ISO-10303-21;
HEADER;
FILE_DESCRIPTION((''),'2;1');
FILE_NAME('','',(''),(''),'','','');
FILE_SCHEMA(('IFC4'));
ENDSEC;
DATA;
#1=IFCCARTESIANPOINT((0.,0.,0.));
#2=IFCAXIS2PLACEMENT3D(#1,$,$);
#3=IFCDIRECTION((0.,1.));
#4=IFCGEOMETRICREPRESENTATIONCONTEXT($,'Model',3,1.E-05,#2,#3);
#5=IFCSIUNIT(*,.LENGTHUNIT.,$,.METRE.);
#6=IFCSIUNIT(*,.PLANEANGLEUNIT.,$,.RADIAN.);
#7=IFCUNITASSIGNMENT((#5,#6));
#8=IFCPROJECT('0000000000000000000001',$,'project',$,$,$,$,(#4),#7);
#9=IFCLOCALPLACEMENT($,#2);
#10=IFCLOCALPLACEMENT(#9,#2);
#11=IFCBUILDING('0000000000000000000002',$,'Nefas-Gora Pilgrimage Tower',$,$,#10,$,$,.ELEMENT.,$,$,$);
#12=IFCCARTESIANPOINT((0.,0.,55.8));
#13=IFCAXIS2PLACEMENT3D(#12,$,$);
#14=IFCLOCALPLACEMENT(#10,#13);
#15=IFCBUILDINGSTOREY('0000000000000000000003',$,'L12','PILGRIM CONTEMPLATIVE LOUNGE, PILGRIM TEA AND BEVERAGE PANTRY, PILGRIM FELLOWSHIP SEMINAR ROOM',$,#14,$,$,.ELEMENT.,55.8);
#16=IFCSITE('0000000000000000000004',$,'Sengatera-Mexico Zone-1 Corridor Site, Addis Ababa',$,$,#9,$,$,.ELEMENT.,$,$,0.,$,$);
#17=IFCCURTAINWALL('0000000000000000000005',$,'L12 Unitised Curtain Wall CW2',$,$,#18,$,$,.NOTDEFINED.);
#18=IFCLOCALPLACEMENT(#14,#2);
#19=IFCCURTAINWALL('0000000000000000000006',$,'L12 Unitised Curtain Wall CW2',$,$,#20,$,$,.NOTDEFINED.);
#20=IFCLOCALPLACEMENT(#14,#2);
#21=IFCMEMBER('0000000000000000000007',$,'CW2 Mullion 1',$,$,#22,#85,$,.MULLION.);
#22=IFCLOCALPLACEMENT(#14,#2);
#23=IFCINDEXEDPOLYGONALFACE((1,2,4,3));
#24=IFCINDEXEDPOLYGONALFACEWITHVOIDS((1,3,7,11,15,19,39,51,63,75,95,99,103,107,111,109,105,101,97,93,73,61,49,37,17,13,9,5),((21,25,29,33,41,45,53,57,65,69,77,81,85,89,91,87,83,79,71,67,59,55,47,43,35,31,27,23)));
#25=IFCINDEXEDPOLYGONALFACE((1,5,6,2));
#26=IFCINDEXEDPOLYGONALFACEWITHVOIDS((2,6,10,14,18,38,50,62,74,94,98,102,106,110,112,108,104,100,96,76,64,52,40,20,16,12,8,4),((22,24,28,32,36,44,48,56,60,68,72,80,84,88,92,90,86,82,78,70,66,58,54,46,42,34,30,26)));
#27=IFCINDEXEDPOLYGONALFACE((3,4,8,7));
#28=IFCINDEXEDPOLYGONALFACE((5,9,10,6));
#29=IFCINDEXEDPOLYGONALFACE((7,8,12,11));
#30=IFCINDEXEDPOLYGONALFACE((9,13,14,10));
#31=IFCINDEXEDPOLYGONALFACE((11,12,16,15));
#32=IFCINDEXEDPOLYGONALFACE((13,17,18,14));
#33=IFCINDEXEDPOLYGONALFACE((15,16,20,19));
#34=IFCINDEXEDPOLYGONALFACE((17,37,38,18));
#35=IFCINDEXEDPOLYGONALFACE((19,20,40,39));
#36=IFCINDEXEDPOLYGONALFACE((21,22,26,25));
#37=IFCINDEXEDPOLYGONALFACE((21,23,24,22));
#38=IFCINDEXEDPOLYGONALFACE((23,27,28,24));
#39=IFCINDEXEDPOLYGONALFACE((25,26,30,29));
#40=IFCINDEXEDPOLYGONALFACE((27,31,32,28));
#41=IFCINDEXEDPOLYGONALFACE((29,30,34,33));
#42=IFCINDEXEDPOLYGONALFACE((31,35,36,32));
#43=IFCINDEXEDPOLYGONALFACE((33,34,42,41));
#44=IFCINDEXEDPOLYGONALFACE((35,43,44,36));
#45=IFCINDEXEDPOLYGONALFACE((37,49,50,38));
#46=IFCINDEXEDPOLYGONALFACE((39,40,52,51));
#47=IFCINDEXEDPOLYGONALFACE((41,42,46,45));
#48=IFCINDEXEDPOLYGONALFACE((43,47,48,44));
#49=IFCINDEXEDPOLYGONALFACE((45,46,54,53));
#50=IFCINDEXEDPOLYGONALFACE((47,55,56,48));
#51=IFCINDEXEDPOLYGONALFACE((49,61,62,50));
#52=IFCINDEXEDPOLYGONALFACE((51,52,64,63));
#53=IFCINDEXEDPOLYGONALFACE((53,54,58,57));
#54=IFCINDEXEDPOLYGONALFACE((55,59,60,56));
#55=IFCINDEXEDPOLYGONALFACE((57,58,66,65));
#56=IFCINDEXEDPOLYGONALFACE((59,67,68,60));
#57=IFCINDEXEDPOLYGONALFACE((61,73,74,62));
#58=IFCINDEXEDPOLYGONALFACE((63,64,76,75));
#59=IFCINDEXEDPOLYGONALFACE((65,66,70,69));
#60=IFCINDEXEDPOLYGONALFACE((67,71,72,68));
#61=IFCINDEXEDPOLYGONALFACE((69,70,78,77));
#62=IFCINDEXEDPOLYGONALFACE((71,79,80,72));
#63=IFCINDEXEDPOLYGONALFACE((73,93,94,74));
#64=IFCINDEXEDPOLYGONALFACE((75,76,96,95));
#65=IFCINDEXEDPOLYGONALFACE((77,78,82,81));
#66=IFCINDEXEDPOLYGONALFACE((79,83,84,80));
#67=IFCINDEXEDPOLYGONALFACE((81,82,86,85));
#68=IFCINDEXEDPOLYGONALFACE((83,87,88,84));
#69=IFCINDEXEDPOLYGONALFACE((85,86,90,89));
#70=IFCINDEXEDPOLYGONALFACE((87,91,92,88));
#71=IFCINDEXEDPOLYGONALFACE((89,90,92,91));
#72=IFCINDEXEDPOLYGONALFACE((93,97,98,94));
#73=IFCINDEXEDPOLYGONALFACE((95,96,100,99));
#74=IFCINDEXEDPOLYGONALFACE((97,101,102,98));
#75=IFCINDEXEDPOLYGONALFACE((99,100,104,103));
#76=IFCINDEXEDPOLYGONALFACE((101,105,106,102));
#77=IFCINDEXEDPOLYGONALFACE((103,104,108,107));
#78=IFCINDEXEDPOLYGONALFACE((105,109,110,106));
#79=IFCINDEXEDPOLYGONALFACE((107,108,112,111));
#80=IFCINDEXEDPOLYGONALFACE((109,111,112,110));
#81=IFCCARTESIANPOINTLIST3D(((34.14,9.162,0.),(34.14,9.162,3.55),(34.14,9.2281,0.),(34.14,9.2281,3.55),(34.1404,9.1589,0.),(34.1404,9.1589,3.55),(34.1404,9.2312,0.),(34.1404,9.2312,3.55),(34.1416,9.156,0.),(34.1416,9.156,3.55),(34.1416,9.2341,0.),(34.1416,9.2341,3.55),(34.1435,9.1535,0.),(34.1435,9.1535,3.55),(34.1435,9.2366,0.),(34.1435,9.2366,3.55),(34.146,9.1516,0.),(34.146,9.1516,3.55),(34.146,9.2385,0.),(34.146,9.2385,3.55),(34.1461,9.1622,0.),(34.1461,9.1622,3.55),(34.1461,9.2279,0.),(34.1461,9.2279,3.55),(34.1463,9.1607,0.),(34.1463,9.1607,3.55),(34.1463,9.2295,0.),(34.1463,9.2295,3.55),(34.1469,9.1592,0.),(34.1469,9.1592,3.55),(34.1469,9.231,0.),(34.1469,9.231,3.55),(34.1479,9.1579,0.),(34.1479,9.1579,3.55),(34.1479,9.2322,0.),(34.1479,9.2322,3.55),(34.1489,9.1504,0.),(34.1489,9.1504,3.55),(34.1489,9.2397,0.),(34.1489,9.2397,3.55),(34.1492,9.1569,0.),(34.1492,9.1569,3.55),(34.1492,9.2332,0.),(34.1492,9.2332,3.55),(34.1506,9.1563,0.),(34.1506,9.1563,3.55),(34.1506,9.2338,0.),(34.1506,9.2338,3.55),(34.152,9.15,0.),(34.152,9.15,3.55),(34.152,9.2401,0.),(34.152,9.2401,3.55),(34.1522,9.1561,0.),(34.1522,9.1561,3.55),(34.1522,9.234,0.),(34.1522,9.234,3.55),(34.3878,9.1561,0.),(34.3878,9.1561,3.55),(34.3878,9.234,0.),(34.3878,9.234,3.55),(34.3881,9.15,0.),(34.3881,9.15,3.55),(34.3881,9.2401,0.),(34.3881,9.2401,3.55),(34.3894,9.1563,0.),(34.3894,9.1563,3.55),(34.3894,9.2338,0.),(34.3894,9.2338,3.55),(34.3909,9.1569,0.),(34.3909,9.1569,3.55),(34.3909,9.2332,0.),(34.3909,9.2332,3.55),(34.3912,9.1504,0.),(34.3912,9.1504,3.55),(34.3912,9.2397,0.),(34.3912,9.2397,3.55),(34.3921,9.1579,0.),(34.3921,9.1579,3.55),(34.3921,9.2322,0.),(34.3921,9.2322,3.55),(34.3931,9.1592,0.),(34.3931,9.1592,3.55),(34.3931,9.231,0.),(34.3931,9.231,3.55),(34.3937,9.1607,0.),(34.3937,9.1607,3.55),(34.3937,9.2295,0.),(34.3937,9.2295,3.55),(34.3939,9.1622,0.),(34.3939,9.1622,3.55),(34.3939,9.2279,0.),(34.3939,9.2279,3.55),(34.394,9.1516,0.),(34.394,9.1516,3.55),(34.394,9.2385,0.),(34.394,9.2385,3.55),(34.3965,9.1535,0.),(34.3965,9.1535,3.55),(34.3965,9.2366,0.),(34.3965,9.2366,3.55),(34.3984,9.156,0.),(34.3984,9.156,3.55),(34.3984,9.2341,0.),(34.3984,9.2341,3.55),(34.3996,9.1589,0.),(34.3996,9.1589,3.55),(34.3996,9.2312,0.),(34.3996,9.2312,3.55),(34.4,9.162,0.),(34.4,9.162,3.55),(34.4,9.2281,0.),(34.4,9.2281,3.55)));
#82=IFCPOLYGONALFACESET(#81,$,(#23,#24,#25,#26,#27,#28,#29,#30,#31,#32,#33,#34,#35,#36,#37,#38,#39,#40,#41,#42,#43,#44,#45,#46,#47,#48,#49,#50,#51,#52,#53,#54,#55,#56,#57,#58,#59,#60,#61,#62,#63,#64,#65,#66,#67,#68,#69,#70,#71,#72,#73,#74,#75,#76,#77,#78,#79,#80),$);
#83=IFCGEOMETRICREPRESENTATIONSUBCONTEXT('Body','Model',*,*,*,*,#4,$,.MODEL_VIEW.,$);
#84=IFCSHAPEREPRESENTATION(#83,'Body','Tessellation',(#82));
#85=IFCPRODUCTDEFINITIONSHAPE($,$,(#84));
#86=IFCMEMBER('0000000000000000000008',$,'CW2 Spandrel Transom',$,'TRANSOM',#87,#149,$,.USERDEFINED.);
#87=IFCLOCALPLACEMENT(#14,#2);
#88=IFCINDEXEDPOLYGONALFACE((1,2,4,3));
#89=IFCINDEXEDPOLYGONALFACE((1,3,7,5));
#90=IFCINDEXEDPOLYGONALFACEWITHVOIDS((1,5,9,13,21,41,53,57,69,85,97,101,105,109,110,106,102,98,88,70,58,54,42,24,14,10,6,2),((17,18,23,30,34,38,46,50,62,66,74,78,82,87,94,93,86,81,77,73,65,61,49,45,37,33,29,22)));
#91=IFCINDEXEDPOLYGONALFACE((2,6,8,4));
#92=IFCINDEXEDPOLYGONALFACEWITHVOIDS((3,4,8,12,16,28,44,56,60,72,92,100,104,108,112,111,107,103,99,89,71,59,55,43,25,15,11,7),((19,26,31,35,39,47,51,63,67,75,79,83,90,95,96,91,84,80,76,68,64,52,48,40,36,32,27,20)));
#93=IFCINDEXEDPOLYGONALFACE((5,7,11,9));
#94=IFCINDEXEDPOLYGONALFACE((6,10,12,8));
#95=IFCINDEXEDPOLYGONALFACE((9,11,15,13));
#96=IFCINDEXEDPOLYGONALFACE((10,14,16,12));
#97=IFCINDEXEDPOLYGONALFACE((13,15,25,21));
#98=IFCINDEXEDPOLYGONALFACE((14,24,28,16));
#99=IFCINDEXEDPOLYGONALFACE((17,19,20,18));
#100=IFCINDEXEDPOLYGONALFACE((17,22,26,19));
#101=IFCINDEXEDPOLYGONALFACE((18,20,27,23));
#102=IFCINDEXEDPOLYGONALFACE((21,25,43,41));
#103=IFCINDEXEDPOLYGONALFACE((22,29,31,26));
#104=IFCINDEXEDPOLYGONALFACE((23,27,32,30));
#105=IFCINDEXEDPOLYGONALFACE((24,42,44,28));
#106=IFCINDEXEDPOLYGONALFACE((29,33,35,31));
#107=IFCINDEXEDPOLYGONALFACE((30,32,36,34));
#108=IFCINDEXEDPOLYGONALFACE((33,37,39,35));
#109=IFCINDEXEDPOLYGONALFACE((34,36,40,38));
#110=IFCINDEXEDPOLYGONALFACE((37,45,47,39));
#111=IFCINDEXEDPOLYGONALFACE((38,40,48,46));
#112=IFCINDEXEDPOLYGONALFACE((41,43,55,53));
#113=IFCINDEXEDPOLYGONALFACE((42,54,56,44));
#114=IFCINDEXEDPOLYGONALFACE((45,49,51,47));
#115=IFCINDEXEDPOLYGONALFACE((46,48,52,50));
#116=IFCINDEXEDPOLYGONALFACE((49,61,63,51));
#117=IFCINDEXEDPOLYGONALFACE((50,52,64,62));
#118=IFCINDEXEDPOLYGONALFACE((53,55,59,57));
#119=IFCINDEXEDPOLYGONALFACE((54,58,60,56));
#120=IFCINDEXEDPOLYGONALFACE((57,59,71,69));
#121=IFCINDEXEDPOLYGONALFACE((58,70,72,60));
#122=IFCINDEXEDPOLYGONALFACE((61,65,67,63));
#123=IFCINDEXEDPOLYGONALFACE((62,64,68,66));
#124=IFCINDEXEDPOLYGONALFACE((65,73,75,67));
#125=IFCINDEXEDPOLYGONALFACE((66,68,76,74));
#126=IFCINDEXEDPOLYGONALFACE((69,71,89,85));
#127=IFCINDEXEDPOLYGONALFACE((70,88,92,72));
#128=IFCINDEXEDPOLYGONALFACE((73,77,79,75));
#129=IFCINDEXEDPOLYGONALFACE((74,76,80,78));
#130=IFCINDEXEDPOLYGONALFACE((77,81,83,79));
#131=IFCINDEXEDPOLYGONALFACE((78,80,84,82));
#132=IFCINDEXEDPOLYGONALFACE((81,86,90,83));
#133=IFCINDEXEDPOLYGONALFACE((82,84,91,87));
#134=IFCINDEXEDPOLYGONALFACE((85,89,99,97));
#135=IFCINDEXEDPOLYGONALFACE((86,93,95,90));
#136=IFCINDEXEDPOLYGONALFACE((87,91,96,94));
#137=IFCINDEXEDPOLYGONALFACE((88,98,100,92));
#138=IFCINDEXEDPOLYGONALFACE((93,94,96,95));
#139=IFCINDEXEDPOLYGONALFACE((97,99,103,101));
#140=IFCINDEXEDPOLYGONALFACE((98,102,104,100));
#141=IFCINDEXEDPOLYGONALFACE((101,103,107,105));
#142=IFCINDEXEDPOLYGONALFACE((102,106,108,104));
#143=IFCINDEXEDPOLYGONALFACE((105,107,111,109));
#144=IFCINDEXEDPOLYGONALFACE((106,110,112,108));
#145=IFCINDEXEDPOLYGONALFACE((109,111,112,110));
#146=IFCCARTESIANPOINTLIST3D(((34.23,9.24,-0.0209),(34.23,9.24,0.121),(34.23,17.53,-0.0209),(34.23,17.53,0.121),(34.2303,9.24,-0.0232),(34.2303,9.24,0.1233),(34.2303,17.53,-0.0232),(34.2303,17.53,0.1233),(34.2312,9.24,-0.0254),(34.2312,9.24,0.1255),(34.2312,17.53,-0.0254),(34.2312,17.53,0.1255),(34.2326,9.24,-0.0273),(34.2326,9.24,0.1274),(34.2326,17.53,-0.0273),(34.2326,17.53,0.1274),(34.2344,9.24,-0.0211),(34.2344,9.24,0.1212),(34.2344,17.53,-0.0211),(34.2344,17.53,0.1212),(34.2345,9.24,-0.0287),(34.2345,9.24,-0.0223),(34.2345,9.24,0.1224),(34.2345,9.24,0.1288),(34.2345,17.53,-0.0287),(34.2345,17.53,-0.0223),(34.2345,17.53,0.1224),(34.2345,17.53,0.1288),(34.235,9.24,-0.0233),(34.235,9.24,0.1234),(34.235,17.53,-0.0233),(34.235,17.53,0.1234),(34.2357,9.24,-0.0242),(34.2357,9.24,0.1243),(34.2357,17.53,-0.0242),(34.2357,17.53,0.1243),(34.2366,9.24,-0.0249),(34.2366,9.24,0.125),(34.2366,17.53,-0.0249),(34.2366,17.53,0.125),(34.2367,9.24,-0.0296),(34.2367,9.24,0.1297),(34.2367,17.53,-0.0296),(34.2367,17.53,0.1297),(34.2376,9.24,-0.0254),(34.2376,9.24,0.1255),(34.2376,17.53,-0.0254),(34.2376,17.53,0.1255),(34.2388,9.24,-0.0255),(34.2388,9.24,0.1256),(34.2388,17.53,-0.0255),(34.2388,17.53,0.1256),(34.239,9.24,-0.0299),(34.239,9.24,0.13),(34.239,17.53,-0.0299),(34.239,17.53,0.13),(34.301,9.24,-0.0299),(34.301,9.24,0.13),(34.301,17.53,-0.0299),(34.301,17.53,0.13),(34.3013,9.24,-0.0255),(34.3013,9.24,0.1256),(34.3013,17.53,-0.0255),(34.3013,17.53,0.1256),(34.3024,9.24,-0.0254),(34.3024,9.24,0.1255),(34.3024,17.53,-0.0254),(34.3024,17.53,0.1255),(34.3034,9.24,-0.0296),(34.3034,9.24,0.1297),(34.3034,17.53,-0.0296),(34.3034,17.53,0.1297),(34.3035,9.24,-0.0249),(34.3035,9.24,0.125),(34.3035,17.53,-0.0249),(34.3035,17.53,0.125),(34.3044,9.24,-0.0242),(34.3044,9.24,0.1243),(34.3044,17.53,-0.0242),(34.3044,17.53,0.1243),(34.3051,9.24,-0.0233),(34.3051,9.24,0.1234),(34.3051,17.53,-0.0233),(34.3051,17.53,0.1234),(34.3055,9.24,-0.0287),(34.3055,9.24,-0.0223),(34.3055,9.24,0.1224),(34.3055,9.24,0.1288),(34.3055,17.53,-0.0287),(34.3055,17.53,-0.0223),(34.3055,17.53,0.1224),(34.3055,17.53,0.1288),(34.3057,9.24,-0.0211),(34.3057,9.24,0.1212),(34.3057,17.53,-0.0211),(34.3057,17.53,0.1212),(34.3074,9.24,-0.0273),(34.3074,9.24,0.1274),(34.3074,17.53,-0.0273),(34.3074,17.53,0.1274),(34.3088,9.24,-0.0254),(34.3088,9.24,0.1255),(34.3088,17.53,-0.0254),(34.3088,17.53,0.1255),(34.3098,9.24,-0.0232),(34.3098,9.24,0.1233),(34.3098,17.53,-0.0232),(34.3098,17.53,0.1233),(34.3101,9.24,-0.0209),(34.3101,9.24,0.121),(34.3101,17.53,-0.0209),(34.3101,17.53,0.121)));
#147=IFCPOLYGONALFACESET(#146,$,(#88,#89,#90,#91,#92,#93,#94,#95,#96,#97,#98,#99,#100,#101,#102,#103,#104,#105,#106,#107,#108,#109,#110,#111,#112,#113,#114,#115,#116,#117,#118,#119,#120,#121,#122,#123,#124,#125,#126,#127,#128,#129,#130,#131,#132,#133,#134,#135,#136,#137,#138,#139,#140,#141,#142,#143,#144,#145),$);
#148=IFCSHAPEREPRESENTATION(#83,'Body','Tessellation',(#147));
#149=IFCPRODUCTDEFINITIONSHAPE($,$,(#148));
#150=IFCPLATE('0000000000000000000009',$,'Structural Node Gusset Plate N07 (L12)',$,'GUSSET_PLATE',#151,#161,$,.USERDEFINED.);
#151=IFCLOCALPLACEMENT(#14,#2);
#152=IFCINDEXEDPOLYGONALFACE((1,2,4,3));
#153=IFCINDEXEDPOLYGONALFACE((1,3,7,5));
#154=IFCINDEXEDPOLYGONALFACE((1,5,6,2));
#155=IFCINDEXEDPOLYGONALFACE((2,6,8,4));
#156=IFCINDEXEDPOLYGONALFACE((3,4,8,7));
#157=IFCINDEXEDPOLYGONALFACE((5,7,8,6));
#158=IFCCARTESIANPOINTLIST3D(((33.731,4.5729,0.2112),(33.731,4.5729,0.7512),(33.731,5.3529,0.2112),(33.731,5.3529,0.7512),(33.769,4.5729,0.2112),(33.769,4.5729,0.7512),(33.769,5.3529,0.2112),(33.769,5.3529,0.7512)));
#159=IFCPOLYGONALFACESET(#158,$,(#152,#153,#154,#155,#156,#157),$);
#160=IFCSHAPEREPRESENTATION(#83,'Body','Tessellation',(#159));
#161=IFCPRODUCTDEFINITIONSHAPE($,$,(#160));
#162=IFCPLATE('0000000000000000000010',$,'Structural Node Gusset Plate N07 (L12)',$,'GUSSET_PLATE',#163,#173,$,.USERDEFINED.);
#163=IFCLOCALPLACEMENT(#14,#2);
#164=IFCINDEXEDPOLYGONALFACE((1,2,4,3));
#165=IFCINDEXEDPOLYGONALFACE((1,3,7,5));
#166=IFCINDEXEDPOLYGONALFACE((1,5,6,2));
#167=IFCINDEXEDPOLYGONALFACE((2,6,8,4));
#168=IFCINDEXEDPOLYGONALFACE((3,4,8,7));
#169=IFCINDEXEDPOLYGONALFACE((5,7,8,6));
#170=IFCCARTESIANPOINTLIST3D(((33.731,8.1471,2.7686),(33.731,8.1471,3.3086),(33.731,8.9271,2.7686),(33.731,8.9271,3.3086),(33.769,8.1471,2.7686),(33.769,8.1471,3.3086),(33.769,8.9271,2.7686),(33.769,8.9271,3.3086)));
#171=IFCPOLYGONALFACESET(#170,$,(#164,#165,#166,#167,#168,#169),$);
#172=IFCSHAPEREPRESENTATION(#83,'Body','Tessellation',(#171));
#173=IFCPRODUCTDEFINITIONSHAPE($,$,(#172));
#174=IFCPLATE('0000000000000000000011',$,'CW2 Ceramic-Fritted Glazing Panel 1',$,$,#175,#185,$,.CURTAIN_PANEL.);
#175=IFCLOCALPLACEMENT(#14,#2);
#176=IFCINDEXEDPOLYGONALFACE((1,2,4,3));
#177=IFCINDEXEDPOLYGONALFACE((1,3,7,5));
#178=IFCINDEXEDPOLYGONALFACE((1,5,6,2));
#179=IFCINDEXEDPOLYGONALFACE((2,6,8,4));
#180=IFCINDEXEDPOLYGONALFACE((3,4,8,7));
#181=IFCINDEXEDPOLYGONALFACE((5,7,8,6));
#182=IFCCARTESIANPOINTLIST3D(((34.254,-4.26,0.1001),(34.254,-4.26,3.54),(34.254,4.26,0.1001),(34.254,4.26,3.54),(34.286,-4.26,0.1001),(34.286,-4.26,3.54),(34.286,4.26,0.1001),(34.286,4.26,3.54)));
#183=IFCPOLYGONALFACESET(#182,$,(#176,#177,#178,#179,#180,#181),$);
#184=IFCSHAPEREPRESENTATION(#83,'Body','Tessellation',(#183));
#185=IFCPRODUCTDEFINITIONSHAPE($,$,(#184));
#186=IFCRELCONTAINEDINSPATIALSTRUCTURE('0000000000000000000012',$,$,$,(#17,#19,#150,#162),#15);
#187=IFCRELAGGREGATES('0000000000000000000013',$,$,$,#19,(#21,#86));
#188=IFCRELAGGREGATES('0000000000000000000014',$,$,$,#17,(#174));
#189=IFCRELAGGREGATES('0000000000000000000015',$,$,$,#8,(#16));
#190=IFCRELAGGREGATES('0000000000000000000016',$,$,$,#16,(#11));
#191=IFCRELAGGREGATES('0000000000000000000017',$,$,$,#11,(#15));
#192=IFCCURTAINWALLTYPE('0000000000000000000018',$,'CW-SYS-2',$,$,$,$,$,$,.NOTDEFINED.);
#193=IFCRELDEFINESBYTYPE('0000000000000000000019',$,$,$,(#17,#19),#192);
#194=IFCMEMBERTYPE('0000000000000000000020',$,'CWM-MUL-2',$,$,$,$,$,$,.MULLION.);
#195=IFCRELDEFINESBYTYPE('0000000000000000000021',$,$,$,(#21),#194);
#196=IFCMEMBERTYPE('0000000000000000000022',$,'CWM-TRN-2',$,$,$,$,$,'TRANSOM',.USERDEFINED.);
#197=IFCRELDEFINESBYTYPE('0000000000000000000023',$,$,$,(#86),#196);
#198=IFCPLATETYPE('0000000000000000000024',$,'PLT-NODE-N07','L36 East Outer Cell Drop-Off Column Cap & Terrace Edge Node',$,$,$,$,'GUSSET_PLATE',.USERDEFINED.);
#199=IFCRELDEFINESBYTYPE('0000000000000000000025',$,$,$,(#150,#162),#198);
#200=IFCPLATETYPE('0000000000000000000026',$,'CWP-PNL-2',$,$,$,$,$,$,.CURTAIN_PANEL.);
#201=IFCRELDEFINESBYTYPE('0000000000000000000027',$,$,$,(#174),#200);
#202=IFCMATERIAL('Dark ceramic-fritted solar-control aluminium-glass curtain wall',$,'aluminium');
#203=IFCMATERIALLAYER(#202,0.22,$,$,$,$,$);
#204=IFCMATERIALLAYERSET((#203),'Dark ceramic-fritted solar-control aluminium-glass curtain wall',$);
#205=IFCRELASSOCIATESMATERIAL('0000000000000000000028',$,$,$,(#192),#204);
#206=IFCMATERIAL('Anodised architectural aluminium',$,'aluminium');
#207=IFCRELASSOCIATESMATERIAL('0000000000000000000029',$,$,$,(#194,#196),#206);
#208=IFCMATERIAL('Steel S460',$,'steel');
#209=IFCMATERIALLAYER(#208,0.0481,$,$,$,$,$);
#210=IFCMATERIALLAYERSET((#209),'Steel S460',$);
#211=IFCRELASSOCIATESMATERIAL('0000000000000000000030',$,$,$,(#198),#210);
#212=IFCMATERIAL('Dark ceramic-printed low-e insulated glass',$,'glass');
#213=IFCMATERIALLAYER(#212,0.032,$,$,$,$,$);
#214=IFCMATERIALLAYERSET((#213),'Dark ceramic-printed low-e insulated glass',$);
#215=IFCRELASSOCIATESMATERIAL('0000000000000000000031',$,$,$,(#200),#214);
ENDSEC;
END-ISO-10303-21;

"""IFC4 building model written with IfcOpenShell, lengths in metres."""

from ifc_helpers import new_model, si_unit, direction, frame, origin, origin_2d, place, context, subcontext, project, spatial, rectangle, hollow_rectangle, extrude, source, transform, mapped, material, layer, layer_set, material_profile, profile_set, type_object, element, aggregate, save


model = new_model("IFC4")

# Units and contexts
model_context = context("Model", 3, precision=1e-05, world=origin(), true_north=direction((0.0, 1.0)))
body_context = subcontext(model_context, "Body", "Model", "MODEL_VIEW")
ifc_project = project(units=[si_unit("LENGTHUNIT", "METRE"), si_unit("PLANEANGLEUNIT", "RADIAN")], contexts=[model_context])

# Site, building, storey
site_placement = place(None, origin())
site = spatial("IfcSite", under=ifc_project, at=site_placement, Name="Sengatera-Mexico Zone-1 Corridor Site, Addis Ababa", CompositionType="ELEMENT", RefElevation=0.0)
building_placement = place(site_placement, origin())
building = spatial("IfcBuilding", under=site, at=building_placement, Name="Nefas-Gora Pilgrimage Tower", CompositionType="ELEMENT")
storey_placement = place(building_placement, frame((0.0, 0.0, 55.8)))
storey = spatial("IfcBuildingStorey", under=building, at=storey_placement, Name="L12", Description="PILGRIM CONTEMPLATIVE LOUNGE, PILGRIM TEA AND BEVERAGE PANTRY, PILGRIM FELLOWSHIP SEMINAR ROOM", CompositionType="ELEMENT", Elevation=55.8)

# Shared definitions
ifc_material_1 = material(Name="Steel S460", Category="steel")

# Curtain wall
ifc_material_2 = material(Name="Dark ceramic-fritted solar-control aluminium-glass curtain wall", Category="aluminium")
ifc_layer_1 = layer(ifc_material_2, 0.22)
ifc_layer_set_1 = layer_set([ifc_layer_1], Name="Dark ceramic-fritted solar-control aluminium-glass curtain wall")
curtain_wall_type = type_object("IfcCurtainWallType", Name="CW-SYS-2", PredefinedType="NOTDEFINED", material=ifc_layer_set_1)
curtain_wall_1_placement = place(storey_placement, origin())
curtain_wall_1 = element("IfcCurtainWall", 1, at=curtain_wall_1_placement, inside=storey, type_object=curtain_wall_type, Name="L12 Unitised Curtain Wall CW2", PredefinedType="NOTDEFINED")
ifc_material_3 = material(Name="Anodised architectural aluminium", Category="aluminium")
ifc_material_profile_1 = material_profile(ifc_material_3, hollow_rectangle(XDim=0.0901, YDim=0.26, WallThickness=0.0061, InnerFilletRadius=0.0061, OuterFilletRadius=0.012, at=origin_2d()), Name="ALU MULLION 90x260")
ifc_profile_set_1 = profile_set([ifc_material_profile_1], Name="Anodised architectural aluminium")
member_type_1 = type_object("IfcMemberType", Name="CWM-MUL-2", PredefinedType="MULLION", material=ifc_profile_set_1)
shared_shape_1 = source(origin(), body_context, "Body", "SweptSolid", [
    extrude(hollow_rectangle(XDim=0.0901, YDim=0.26, WallThickness=0.0061, InnerFilletRadius=0.0061, OuterFilletRadius=0.012, at=origin_2d()), origin(), (0.0, 0.0, 1.0), 3.55),
])

# Curtain wall, members
curtain_wall_2_placement = place(storey_placement, origin())
curtain_wall_2 = element("IfcCurtainWall", 2, at=curtain_wall_2_placement, inside=storey, type_object=curtain_wall_type, Name="L12 Unitised Curtain Wall CW2", PredefinedType="NOTDEFINED")
member_1_placement = place(storey_placement, frame((34.27, 9.1951, 0.0), z_axis=(0.0, 0.0, 1.0), x_axis=(0.0, 1.0, 0.0)))
member_1 = element("IfcMember", 3, at=member_1_placement, type_object=member_type_1, Name="CW2 Mullion 1", PredefinedType="MULLION", context=body_context, shape_type="MappedRepresentation", body=[
    mapped(shared_shape_1, transform((0.0, 0.0, 0.0), x_axis=(1.0, 0.0, 0.0), y_axis=(0.0, 1.0, 0.0), z_axis=(0.0, 0.0, 1.0), scale=1.0)),
])
ifc_material_profile_2 = material_profile(ifc_material_3, hollow_rectangle(XDim=0.0801, YDim=0.1599, WallThickness=0.0044, InnerFilletRadius=0.0044, OuterFilletRadius=0.009, at=origin_2d()), Name="ALU TRANSOM 80x160")
ifc_profile_set_2 = profile_set([ifc_material_profile_2], Name="Anodised architectural aluminium")
member_type_2 = type_object("IfcMemberType", Name="CWM-TRN-2", ElementType="TRANSOM", PredefinedType="USERDEFINED", material=ifc_profile_set_2)
shared_shape_2 = source(origin(), body_context, "Body", "SweptSolid", [
    extrude(hollow_rectangle(XDim=0.0801, YDim=0.1599, WallThickness=0.0044, InnerFilletRadius=0.0044, OuterFilletRadius=0.009, at=origin_2d()), origin(), (0.0, 0.0, 1.0), 8.29),
])
member_2_placement = place(storey_placement, frame((34.27, 9.24, 0.05), z_axis=(0.0, 1.0, 0.0), x_axis=(-1.0, 0.0, 0.0)))
member_2 = element("IfcMember", 4, at=member_2_placement, type_object=member_type_2, Name="CW2 Spandrel Transom", ObjectType="TRANSOM", PredefinedType="USERDEFINED", context=body_context, shape_type="MappedRepresentation", body=[
    mapped(shared_shape_2, transform((0.0, 0.0, 0.0), x_axis=(1.0, 0.0, 0.0), y_axis=(0.0, 1.0, 0.0), z_axis=(0.0, 0.0, 1.0), scale=1.0)),
])
aggregate(curtain_wall_2, [member_1, member_2])

# Plates
ifc_layer_2 = layer(ifc_material_1, 0.0481)
ifc_layer_set_2 = layer_set([ifc_layer_2], Name="Steel S460")
plate_type_1 = type_object("IfcPlateType", Name="PLT-NODE-N07", Description="L36 East Outer Cell Drop-Off Column Cap & Terrace Edge Node", ElementType="GUSSET_PLATE", PredefinedType="USERDEFINED", material=ifc_layer_set_2)
shared_shape_3 = source(origin(), body_context, "Body", "SweptSolid", [
    extrude(rectangle(XDim=0.78, YDim=0.0381, at=origin_2d()), origin(), (0.0, 0.0, 1.0), 0.54),
])
for number, where, z_axis, x_axis, name in (
    (5, (33.75, 4.9629, 0.2112), (0.0, 0.0, 1.0), (0.0, 1.0, 0.0), "Structural Node Gusset Plate N07 (L12)"),
    (6, (33.75, 8.5371, 2.7686), (0.0, 0.0, 1.0), (0.0, 1.0, 0.0), "Structural Node Gusset Plate N07 (L12)"),
):
    element("IfcPlate", number, at=place(storey_placement, frame(where, z_axis=z_axis, x_axis=x_axis)), inside=storey, type_object=plate_type_1, Name=name, ObjectType="GUSSET_PLATE", PredefinedType="USERDEFINED", context=body_context, shape_type="MappedRepresentation", body=[
        mapped(shared_shape_3, transform((0.0, 0.0, 0.0), x_axis=(1.0, 0.0, 0.0), y_axis=(0.0, 1.0, 0.0), z_axis=(0.0, 0.0, 1.0), scale=1.0)),
    ])

# Plate
ifc_material_4 = material(Name="Dark ceramic-printed low-e insulated glass", Category="glass")
ifc_layer_3 = layer(ifc_material_4, 0.032)
ifc_layer_set_3 = layer_set([ifc_layer_3], Name="Dark ceramic-printed low-e insulated glass")
plate_type_2 = type_object("IfcPlateType", Name="CWP-PNL-2", PredefinedType="CURTAIN_PANEL", material=ifc_layer_set_3)
shared_shape_4 = source(origin(), body_context, "Body", "SweptSolid", [
    extrude(rectangle(XDim=8.52, YDim=0.032, at=origin_2d()), origin(), (0.0, 0.0, 1.0), 3.4399),
])
plate_placement = place(storey_placement, frame((34.27, 0.0, 0.1001), z_axis=(0.0, 0.0, 1.0), x_axis=(0.0, 1.0, 0.0)))
plate = element("IfcPlate", 7, at=plate_placement, type_object=plate_type_2, Name="CW2 Ceramic-Fritted Glazing Panel 1", PredefinedType="CURTAIN_PANEL", context=body_context, shape_type="MappedRepresentation", body=[
    mapped(shared_shape_4, transform((0.0, 0.0, 0.0), x_axis=(1.0, 0.0, 0.0), y_axis=(0.0, 1.0, 0.0), z_axis=(0.0, 0.0, 1.0), scale=1.0)),
])
aggregate(curtain_wall_1, [plate])

save(model, "model.ifc")
